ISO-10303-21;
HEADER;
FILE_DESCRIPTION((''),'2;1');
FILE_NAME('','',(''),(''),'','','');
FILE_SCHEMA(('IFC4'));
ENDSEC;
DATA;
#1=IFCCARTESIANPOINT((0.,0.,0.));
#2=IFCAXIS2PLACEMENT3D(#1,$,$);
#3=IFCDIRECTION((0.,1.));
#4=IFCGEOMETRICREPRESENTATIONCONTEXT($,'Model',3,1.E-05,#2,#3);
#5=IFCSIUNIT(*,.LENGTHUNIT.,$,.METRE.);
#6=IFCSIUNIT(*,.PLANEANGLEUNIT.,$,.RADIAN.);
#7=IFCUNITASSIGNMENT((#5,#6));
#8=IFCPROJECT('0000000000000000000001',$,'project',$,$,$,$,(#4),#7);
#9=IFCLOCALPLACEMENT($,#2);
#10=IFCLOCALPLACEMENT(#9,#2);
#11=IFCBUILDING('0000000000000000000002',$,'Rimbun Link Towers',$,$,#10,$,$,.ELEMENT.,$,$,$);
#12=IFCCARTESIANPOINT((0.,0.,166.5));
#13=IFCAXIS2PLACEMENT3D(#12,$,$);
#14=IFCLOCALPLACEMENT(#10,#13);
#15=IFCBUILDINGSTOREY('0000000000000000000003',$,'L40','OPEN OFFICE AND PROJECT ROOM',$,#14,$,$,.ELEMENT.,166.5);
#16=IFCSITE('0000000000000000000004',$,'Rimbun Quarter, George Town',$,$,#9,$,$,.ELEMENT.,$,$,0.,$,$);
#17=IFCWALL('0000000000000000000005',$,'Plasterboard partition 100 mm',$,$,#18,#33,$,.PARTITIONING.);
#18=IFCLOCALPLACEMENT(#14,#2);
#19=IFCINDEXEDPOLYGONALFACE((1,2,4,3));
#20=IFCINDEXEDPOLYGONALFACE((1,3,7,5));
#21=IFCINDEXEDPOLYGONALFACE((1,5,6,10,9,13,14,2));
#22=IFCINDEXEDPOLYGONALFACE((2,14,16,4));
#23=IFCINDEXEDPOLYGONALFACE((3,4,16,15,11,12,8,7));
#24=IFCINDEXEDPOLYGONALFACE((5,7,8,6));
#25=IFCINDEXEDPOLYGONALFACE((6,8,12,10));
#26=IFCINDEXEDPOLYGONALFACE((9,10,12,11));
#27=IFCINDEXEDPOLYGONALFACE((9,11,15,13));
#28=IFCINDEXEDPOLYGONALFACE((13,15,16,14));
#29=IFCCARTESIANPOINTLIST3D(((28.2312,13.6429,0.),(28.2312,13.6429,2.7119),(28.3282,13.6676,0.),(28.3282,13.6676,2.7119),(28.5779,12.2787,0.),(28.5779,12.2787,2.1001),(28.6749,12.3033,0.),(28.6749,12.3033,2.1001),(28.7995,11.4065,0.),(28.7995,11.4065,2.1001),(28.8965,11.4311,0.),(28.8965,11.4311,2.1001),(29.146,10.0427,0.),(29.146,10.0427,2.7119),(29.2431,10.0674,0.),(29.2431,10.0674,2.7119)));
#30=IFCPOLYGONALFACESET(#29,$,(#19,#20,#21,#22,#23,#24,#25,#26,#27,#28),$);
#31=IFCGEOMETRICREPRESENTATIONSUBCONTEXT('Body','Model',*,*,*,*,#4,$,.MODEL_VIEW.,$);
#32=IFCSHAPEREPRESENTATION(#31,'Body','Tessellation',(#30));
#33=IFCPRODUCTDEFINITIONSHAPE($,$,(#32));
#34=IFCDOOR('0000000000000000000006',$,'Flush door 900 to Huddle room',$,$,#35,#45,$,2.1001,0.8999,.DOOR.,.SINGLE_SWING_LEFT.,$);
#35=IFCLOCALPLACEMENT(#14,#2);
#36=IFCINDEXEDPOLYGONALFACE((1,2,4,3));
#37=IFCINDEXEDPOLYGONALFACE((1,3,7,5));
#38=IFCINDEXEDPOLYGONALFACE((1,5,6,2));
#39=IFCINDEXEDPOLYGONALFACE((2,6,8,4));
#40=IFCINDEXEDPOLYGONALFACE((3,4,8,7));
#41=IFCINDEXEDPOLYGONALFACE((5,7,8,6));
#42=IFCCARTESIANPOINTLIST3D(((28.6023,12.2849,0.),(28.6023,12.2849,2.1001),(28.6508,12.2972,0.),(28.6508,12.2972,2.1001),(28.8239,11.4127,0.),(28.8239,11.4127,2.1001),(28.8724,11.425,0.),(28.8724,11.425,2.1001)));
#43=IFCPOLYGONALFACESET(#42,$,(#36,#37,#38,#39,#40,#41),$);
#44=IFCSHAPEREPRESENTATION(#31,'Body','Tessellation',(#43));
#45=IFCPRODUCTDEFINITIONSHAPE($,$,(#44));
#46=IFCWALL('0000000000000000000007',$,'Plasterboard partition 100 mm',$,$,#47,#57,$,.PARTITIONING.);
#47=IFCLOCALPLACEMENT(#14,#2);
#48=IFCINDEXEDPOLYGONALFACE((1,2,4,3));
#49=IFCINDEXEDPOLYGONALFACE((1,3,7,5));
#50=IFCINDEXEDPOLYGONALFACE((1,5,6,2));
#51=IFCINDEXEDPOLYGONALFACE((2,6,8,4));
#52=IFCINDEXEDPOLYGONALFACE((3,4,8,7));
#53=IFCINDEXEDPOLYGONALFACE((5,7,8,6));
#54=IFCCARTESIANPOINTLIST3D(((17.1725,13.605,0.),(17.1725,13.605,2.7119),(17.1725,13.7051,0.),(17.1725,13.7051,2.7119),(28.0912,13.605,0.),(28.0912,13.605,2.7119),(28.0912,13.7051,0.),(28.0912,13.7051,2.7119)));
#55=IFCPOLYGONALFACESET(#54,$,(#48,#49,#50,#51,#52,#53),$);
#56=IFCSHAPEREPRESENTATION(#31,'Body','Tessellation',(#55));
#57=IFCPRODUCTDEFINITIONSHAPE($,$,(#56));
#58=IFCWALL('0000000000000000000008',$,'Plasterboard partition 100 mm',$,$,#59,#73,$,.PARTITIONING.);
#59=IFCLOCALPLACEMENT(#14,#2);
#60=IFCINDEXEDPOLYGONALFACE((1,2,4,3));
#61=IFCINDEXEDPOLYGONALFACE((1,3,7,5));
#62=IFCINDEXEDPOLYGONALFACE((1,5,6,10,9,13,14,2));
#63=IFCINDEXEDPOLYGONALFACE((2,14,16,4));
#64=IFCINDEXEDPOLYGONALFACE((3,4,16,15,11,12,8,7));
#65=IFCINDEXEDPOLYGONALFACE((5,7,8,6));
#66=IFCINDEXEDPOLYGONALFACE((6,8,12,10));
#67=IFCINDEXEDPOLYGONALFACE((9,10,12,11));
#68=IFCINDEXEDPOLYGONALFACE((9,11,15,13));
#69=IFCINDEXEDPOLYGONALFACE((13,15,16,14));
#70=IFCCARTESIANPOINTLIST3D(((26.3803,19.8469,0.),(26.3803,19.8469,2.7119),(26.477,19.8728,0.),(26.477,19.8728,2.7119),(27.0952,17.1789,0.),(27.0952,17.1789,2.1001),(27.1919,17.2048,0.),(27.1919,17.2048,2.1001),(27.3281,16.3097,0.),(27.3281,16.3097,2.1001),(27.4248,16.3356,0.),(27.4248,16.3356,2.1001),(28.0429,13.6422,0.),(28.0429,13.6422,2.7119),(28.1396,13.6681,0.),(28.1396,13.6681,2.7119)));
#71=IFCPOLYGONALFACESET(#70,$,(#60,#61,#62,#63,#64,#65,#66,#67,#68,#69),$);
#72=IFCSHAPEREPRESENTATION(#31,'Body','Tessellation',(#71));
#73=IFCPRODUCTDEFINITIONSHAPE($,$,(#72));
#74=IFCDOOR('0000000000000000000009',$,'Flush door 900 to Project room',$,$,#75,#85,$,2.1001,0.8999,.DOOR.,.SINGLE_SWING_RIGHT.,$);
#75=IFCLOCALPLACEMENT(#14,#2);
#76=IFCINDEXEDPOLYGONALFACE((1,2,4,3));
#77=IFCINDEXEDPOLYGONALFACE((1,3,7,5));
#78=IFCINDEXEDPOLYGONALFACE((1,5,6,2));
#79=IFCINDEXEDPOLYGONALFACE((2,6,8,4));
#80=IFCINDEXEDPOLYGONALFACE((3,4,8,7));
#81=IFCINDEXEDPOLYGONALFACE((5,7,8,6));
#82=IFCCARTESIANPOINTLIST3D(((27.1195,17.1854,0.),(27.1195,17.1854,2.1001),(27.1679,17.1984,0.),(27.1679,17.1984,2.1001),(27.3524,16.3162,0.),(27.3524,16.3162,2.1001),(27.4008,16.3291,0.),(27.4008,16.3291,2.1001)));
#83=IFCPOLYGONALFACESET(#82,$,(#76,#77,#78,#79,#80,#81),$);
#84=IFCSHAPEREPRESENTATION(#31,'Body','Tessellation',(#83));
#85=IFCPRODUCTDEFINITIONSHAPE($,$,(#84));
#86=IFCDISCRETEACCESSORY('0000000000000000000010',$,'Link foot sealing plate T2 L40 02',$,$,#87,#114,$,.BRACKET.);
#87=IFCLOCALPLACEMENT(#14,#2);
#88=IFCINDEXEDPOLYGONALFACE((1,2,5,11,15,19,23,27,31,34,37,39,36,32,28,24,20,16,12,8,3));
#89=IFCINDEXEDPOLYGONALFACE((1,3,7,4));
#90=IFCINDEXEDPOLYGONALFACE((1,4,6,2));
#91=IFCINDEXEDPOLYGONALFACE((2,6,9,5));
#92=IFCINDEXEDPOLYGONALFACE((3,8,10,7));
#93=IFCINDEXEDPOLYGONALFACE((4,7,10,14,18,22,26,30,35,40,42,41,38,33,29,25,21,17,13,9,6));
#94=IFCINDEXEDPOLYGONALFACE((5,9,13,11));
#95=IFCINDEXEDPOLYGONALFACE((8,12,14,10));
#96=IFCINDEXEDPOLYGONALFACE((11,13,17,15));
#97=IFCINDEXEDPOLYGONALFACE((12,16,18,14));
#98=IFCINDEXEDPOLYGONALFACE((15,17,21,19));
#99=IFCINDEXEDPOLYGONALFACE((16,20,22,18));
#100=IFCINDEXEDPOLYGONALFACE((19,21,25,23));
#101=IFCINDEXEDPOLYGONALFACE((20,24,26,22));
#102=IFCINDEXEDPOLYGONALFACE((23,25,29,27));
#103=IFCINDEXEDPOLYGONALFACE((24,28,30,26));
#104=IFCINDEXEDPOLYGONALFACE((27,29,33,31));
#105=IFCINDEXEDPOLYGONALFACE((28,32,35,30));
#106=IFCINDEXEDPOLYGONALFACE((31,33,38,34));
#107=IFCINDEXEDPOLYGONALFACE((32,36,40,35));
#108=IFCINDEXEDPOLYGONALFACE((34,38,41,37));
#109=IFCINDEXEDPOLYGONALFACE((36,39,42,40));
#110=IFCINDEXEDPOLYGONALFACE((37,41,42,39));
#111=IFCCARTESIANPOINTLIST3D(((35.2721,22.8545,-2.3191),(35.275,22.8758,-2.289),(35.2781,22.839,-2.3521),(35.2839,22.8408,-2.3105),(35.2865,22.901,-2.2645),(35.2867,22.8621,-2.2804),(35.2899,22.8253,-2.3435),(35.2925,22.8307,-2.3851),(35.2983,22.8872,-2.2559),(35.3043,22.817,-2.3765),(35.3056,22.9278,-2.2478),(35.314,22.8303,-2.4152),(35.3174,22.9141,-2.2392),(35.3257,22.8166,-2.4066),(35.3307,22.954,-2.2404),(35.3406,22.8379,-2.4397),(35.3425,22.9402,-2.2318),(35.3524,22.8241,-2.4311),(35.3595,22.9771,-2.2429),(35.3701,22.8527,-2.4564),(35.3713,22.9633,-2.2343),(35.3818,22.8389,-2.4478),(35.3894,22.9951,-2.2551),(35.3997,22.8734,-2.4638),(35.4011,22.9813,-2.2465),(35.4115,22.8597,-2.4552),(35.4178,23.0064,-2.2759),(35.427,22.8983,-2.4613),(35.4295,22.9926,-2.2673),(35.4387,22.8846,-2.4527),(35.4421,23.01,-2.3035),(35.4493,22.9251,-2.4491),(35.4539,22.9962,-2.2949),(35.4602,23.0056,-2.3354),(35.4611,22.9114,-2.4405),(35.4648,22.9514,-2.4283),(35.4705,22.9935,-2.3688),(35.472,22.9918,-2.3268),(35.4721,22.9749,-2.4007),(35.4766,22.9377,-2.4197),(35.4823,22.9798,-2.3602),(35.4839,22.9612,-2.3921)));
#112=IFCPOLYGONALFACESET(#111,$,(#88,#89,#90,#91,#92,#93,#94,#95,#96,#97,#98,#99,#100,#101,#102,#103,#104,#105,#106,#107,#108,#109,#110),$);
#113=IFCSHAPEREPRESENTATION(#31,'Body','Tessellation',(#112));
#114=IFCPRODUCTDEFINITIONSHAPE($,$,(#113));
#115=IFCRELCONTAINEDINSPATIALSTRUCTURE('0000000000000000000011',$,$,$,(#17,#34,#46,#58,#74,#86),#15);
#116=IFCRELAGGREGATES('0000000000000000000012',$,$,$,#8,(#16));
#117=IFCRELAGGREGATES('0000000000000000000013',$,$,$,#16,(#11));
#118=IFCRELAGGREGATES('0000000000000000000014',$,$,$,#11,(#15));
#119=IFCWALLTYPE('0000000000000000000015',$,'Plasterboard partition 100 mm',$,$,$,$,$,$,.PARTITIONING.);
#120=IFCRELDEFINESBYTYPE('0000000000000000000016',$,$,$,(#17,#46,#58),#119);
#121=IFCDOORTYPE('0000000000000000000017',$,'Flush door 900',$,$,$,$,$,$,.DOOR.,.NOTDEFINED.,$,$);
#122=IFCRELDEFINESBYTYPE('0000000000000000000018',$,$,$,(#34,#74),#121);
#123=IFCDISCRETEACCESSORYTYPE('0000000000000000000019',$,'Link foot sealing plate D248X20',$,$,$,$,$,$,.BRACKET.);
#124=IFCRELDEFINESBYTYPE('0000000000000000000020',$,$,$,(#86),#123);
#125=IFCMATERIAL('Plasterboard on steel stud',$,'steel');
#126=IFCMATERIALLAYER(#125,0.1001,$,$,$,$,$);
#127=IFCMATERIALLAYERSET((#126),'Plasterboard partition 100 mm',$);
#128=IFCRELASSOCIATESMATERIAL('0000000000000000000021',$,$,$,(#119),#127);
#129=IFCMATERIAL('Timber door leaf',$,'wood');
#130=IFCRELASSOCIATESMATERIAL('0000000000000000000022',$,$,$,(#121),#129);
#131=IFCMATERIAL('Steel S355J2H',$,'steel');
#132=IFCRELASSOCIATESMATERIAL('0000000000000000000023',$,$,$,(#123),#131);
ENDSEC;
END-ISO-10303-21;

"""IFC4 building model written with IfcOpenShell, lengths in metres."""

from ifc_helpers import new_model, si_unit, direction, frame, frame_2d, origin, origin_2d, place, context, subcontext, project, spatial, rectangle, circle, extrude, material, layer, layer_set, material_profile, profile_set, type_object, element, fill, save


model = new_model("IFC4")

# Units and contexts
model_context = context("Model", 3, precision=1e-05, world=origin(), true_north=direction((0.0, 1.0)))
body_context = subcontext(model_context, "Body", "Model", "MODEL_VIEW")
ifc_project = project(units=[si_unit("LENGTHUNIT", "METRE"), si_unit("PLANEANGLEUNIT", "RADIAN")], contexts=[model_context])

# Site, building, storey
site_placement = place(None, origin())
site = spatial("IfcSite", under=ifc_project, at=site_placement, Name="Rimbun Quarter, George Town", CompositionType="ELEMENT", RefElevation=0.0)
building_placement = place(site_placement, origin())
building = spatial("IfcBuilding", under=site, at=building_placement, Name="Rimbun Link Towers", CompositionType="ELEMENT")
storey_placement = place(building_placement, frame((0.0, 0.0, 166.5)))
storey = spatial("IfcBuildingStorey", under=building, at=storey_placement, Name="L40", Description="OPEN OFFICE AND PROJECT ROOM", CompositionType="ELEMENT", Elevation=166.5)

# Wall, opening, door
ifc_material_1 = material(Name="Plasterboard on steel stud", Category="steel")
ifc_layer_1 = layer(ifc_material_1, 0.1001)
ifc_layer_set_1 = layer_set([ifc_layer_1], Name="Plasterboard partition 100 mm")
wall_type = type_object("IfcWallType", Name="Plasterboard partition 100 mm", PredefinedType="PARTITIONING", material=ifc_layer_set_1)
ifc_material_2 = material(Name="Timber door leaf", Category="wood")
door_type_1 = type_object("IfcDoorType", Name="Flush door 900", OperationType="NOTDEFINED", PredefinedType="DOOR", material=ifc_material_2)
wall_1_placement = place(storey_placement, frame((29.1946, 10.0549, 0.0), z_axis=(0.0, 0.0, 1.0), x_axis=(-0.246276, 0.9692, 0.0)))
wall_1 = element("IfcWall", 1, at=wall_1_placement, inside=storey, type_object=wall_type, Name="Plasterboard partition 100 mm", PredefinedType="PARTITIONING", context=body_context, shape_type="SweptSolid", body=[
    extrude(rectangle(XDim=3.7146, YDim=0.1001, at=frame_2d((1.8574, 0.0))), origin(), (0.0, 0.0, 1.0), 2.7119),
])
opening_1_placement = place(wall_1_placement, frame((1.4072, 0.0, 0.0)))
opening_1 = element("IfcOpeningElement", 2, at=opening_1_placement, cuts=wall_1, PredefinedType="OPENING", context=body_context, shape_type="SweptSolid", body=[
    extrude(rectangle(XDim=0.8999, YDim=2.1001, at=frame_2d((0.45, 1.05))), frame((0.0, 0.0601, 0.0), z_axis=(0.0, -1.0, 0.0), x_axis=(1.0, 0.0, 0.0)), (0.0, 0.0, 1.0), 0.1201),
])
door_1_placement = place(opening_1_placement, origin())
door_1 = element("IfcDoor", 3, at=door_1_placement, inside=storey, type_object=door_type_1, Name="Flush door 900 to Huddle room", OperationType="SINGLE_SWING_LEFT", OverallHeight=2.1001, OverallWidth=0.8999, PredefinedType="DOOR", context=body_context, shape_type="SweptSolid", body=[
    extrude(rectangle(XDim=0.8999, YDim=2.1001, at=frame_2d((0.45, 1.05))), frame((0.0, 0.0249, 0.0), z_axis=(0.0, -1.0, 0.0), x_axis=(1.0, 0.0, 0.0)), (0.0, 0.0, 1.0), 0.05),
])
fill(opening_1, door_1)

# Wall
wall_2_placement = place(storey_placement, frame((28.0913, 13.655, 0.0), z_axis=(0.0, 0.0, 1.0), x_axis=(-1.0, 0.0, 0.0)))
element("IfcWall", 4, at=wall_2_placement, inside=storey, type_object=wall_type, Name="Plasterboard partition 100 mm", PredefinedType="PARTITIONING", context=body_context, shape_type="SweptSolid", body=[
    extrude(rectangle(XDim=10.9187, YDim=0.1001, at=frame_2d((5.4595, 0.0))), origin(), (0.0, 0.0, 1.0), 2.7119),
])

# Wall, opening, door
wall_3_placement = place(storey_placement, frame((28.0913, 13.655, 0.0), z_axis=(0.0, 0.0, 1.0), x_axis=(-0.258831, 0.965923, 0.0)))
wall_3 = element("IfcWall", 5, at=wall_3_placement, inside=storey, type_object=wall_type, Name="Plasterboard partition 100 mm", PredefinedType="PARTITIONING", context=body_context, shape_type="SweptSolid", body=[
    extrude(rectangle(XDim=6.4236, YDim=0.1001, at=frame_2d((3.2119, 0.0))), origin(), (0.0, 0.0, 1.0), 2.7119),
])
opening_2_placement = place(wall_3_placement, frame((2.7617, 0.0, 0.0)))
opening_2 = element("IfcOpeningElement", 6, at=opening_2_placement, cuts=wall_3, PredefinedType="OPENING", context=body_context, shape_type="SweptSolid", body=[
    extrude(rectangle(XDim=0.8999, YDim=2.1001, at=frame_2d((0.45, 1.05))), frame((0.0, 0.0601, 0.0), z_axis=(0.0, -1.0, 0.0), x_axis=(1.0, 0.0, 0.0)), (0.0, 0.0, 1.0), 0.1201),
])
door_2_placement = place(opening_2_placement, origin())
door_2 = element("IfcDoor", 7, at=door_2_placement, inside=storey, type_object=door_type_1, Name="Flush door 900 to Project room", OperationType="SINGLE_SWING_RIGHT", OverallHeight=2.1001, OverallWidth=0.8999, PredefinedType="DOOR", context=body_context, shape_type="SweptSolid", body=[
    extrude(rectangle(XDim=0.8999, YDim=2.1001, at=frame_2d((0.45, 1.05))), frame((0.0, 0.0249, 0.0), z_axis=(0.0, -1.0, 0.0), x_axis=(1.0, 0.0, 0.0)), (0.0, 0.0, 1.0), 0.05),
])
fill(opening_2, door_2)

# Discrete accessory
ifc_material_3 = material(Name="Steel S355J2H", Category="steel")
ifc_material_profile_1 = material_profile(ifc_material_3, circle(Radius=0.124, at=origin_2d()), Name="PL D248")
ifc_profile_set_1 = profile_set([ifc_material_profile_1], Name="Steel S355J2H")
discrete_accessory_type = type_object("IfcDiscreteAccessoryType", Name="Link foot sealing plate D248X20", PredefinedType="BRACKET", material=ifc_profile_set_1)
discrete_accessory_placement = place(storey_placement, frame((35.384, 22.906, -2.3435), z_axis=(-0.587951, 0.685943, -0.428714), x_axis=(-0.759257, -0.650791, 0.0)))
element("IfcDiscreteAccessory", 8, at=discrete_accessory_placement, inside=storey, type_object=discrete_accessory_type, Name="Link foot sealing plate T2 L40 02", PredefinedType="BRACKET", context=body_context, shape_type="SweptSolid", body=[
    extrude(circle(Radius=0.124, at=origin_2d()), origin(), (0.0, 0.0, 1.0), 0.02),
])

save(model, "model.ifc")
